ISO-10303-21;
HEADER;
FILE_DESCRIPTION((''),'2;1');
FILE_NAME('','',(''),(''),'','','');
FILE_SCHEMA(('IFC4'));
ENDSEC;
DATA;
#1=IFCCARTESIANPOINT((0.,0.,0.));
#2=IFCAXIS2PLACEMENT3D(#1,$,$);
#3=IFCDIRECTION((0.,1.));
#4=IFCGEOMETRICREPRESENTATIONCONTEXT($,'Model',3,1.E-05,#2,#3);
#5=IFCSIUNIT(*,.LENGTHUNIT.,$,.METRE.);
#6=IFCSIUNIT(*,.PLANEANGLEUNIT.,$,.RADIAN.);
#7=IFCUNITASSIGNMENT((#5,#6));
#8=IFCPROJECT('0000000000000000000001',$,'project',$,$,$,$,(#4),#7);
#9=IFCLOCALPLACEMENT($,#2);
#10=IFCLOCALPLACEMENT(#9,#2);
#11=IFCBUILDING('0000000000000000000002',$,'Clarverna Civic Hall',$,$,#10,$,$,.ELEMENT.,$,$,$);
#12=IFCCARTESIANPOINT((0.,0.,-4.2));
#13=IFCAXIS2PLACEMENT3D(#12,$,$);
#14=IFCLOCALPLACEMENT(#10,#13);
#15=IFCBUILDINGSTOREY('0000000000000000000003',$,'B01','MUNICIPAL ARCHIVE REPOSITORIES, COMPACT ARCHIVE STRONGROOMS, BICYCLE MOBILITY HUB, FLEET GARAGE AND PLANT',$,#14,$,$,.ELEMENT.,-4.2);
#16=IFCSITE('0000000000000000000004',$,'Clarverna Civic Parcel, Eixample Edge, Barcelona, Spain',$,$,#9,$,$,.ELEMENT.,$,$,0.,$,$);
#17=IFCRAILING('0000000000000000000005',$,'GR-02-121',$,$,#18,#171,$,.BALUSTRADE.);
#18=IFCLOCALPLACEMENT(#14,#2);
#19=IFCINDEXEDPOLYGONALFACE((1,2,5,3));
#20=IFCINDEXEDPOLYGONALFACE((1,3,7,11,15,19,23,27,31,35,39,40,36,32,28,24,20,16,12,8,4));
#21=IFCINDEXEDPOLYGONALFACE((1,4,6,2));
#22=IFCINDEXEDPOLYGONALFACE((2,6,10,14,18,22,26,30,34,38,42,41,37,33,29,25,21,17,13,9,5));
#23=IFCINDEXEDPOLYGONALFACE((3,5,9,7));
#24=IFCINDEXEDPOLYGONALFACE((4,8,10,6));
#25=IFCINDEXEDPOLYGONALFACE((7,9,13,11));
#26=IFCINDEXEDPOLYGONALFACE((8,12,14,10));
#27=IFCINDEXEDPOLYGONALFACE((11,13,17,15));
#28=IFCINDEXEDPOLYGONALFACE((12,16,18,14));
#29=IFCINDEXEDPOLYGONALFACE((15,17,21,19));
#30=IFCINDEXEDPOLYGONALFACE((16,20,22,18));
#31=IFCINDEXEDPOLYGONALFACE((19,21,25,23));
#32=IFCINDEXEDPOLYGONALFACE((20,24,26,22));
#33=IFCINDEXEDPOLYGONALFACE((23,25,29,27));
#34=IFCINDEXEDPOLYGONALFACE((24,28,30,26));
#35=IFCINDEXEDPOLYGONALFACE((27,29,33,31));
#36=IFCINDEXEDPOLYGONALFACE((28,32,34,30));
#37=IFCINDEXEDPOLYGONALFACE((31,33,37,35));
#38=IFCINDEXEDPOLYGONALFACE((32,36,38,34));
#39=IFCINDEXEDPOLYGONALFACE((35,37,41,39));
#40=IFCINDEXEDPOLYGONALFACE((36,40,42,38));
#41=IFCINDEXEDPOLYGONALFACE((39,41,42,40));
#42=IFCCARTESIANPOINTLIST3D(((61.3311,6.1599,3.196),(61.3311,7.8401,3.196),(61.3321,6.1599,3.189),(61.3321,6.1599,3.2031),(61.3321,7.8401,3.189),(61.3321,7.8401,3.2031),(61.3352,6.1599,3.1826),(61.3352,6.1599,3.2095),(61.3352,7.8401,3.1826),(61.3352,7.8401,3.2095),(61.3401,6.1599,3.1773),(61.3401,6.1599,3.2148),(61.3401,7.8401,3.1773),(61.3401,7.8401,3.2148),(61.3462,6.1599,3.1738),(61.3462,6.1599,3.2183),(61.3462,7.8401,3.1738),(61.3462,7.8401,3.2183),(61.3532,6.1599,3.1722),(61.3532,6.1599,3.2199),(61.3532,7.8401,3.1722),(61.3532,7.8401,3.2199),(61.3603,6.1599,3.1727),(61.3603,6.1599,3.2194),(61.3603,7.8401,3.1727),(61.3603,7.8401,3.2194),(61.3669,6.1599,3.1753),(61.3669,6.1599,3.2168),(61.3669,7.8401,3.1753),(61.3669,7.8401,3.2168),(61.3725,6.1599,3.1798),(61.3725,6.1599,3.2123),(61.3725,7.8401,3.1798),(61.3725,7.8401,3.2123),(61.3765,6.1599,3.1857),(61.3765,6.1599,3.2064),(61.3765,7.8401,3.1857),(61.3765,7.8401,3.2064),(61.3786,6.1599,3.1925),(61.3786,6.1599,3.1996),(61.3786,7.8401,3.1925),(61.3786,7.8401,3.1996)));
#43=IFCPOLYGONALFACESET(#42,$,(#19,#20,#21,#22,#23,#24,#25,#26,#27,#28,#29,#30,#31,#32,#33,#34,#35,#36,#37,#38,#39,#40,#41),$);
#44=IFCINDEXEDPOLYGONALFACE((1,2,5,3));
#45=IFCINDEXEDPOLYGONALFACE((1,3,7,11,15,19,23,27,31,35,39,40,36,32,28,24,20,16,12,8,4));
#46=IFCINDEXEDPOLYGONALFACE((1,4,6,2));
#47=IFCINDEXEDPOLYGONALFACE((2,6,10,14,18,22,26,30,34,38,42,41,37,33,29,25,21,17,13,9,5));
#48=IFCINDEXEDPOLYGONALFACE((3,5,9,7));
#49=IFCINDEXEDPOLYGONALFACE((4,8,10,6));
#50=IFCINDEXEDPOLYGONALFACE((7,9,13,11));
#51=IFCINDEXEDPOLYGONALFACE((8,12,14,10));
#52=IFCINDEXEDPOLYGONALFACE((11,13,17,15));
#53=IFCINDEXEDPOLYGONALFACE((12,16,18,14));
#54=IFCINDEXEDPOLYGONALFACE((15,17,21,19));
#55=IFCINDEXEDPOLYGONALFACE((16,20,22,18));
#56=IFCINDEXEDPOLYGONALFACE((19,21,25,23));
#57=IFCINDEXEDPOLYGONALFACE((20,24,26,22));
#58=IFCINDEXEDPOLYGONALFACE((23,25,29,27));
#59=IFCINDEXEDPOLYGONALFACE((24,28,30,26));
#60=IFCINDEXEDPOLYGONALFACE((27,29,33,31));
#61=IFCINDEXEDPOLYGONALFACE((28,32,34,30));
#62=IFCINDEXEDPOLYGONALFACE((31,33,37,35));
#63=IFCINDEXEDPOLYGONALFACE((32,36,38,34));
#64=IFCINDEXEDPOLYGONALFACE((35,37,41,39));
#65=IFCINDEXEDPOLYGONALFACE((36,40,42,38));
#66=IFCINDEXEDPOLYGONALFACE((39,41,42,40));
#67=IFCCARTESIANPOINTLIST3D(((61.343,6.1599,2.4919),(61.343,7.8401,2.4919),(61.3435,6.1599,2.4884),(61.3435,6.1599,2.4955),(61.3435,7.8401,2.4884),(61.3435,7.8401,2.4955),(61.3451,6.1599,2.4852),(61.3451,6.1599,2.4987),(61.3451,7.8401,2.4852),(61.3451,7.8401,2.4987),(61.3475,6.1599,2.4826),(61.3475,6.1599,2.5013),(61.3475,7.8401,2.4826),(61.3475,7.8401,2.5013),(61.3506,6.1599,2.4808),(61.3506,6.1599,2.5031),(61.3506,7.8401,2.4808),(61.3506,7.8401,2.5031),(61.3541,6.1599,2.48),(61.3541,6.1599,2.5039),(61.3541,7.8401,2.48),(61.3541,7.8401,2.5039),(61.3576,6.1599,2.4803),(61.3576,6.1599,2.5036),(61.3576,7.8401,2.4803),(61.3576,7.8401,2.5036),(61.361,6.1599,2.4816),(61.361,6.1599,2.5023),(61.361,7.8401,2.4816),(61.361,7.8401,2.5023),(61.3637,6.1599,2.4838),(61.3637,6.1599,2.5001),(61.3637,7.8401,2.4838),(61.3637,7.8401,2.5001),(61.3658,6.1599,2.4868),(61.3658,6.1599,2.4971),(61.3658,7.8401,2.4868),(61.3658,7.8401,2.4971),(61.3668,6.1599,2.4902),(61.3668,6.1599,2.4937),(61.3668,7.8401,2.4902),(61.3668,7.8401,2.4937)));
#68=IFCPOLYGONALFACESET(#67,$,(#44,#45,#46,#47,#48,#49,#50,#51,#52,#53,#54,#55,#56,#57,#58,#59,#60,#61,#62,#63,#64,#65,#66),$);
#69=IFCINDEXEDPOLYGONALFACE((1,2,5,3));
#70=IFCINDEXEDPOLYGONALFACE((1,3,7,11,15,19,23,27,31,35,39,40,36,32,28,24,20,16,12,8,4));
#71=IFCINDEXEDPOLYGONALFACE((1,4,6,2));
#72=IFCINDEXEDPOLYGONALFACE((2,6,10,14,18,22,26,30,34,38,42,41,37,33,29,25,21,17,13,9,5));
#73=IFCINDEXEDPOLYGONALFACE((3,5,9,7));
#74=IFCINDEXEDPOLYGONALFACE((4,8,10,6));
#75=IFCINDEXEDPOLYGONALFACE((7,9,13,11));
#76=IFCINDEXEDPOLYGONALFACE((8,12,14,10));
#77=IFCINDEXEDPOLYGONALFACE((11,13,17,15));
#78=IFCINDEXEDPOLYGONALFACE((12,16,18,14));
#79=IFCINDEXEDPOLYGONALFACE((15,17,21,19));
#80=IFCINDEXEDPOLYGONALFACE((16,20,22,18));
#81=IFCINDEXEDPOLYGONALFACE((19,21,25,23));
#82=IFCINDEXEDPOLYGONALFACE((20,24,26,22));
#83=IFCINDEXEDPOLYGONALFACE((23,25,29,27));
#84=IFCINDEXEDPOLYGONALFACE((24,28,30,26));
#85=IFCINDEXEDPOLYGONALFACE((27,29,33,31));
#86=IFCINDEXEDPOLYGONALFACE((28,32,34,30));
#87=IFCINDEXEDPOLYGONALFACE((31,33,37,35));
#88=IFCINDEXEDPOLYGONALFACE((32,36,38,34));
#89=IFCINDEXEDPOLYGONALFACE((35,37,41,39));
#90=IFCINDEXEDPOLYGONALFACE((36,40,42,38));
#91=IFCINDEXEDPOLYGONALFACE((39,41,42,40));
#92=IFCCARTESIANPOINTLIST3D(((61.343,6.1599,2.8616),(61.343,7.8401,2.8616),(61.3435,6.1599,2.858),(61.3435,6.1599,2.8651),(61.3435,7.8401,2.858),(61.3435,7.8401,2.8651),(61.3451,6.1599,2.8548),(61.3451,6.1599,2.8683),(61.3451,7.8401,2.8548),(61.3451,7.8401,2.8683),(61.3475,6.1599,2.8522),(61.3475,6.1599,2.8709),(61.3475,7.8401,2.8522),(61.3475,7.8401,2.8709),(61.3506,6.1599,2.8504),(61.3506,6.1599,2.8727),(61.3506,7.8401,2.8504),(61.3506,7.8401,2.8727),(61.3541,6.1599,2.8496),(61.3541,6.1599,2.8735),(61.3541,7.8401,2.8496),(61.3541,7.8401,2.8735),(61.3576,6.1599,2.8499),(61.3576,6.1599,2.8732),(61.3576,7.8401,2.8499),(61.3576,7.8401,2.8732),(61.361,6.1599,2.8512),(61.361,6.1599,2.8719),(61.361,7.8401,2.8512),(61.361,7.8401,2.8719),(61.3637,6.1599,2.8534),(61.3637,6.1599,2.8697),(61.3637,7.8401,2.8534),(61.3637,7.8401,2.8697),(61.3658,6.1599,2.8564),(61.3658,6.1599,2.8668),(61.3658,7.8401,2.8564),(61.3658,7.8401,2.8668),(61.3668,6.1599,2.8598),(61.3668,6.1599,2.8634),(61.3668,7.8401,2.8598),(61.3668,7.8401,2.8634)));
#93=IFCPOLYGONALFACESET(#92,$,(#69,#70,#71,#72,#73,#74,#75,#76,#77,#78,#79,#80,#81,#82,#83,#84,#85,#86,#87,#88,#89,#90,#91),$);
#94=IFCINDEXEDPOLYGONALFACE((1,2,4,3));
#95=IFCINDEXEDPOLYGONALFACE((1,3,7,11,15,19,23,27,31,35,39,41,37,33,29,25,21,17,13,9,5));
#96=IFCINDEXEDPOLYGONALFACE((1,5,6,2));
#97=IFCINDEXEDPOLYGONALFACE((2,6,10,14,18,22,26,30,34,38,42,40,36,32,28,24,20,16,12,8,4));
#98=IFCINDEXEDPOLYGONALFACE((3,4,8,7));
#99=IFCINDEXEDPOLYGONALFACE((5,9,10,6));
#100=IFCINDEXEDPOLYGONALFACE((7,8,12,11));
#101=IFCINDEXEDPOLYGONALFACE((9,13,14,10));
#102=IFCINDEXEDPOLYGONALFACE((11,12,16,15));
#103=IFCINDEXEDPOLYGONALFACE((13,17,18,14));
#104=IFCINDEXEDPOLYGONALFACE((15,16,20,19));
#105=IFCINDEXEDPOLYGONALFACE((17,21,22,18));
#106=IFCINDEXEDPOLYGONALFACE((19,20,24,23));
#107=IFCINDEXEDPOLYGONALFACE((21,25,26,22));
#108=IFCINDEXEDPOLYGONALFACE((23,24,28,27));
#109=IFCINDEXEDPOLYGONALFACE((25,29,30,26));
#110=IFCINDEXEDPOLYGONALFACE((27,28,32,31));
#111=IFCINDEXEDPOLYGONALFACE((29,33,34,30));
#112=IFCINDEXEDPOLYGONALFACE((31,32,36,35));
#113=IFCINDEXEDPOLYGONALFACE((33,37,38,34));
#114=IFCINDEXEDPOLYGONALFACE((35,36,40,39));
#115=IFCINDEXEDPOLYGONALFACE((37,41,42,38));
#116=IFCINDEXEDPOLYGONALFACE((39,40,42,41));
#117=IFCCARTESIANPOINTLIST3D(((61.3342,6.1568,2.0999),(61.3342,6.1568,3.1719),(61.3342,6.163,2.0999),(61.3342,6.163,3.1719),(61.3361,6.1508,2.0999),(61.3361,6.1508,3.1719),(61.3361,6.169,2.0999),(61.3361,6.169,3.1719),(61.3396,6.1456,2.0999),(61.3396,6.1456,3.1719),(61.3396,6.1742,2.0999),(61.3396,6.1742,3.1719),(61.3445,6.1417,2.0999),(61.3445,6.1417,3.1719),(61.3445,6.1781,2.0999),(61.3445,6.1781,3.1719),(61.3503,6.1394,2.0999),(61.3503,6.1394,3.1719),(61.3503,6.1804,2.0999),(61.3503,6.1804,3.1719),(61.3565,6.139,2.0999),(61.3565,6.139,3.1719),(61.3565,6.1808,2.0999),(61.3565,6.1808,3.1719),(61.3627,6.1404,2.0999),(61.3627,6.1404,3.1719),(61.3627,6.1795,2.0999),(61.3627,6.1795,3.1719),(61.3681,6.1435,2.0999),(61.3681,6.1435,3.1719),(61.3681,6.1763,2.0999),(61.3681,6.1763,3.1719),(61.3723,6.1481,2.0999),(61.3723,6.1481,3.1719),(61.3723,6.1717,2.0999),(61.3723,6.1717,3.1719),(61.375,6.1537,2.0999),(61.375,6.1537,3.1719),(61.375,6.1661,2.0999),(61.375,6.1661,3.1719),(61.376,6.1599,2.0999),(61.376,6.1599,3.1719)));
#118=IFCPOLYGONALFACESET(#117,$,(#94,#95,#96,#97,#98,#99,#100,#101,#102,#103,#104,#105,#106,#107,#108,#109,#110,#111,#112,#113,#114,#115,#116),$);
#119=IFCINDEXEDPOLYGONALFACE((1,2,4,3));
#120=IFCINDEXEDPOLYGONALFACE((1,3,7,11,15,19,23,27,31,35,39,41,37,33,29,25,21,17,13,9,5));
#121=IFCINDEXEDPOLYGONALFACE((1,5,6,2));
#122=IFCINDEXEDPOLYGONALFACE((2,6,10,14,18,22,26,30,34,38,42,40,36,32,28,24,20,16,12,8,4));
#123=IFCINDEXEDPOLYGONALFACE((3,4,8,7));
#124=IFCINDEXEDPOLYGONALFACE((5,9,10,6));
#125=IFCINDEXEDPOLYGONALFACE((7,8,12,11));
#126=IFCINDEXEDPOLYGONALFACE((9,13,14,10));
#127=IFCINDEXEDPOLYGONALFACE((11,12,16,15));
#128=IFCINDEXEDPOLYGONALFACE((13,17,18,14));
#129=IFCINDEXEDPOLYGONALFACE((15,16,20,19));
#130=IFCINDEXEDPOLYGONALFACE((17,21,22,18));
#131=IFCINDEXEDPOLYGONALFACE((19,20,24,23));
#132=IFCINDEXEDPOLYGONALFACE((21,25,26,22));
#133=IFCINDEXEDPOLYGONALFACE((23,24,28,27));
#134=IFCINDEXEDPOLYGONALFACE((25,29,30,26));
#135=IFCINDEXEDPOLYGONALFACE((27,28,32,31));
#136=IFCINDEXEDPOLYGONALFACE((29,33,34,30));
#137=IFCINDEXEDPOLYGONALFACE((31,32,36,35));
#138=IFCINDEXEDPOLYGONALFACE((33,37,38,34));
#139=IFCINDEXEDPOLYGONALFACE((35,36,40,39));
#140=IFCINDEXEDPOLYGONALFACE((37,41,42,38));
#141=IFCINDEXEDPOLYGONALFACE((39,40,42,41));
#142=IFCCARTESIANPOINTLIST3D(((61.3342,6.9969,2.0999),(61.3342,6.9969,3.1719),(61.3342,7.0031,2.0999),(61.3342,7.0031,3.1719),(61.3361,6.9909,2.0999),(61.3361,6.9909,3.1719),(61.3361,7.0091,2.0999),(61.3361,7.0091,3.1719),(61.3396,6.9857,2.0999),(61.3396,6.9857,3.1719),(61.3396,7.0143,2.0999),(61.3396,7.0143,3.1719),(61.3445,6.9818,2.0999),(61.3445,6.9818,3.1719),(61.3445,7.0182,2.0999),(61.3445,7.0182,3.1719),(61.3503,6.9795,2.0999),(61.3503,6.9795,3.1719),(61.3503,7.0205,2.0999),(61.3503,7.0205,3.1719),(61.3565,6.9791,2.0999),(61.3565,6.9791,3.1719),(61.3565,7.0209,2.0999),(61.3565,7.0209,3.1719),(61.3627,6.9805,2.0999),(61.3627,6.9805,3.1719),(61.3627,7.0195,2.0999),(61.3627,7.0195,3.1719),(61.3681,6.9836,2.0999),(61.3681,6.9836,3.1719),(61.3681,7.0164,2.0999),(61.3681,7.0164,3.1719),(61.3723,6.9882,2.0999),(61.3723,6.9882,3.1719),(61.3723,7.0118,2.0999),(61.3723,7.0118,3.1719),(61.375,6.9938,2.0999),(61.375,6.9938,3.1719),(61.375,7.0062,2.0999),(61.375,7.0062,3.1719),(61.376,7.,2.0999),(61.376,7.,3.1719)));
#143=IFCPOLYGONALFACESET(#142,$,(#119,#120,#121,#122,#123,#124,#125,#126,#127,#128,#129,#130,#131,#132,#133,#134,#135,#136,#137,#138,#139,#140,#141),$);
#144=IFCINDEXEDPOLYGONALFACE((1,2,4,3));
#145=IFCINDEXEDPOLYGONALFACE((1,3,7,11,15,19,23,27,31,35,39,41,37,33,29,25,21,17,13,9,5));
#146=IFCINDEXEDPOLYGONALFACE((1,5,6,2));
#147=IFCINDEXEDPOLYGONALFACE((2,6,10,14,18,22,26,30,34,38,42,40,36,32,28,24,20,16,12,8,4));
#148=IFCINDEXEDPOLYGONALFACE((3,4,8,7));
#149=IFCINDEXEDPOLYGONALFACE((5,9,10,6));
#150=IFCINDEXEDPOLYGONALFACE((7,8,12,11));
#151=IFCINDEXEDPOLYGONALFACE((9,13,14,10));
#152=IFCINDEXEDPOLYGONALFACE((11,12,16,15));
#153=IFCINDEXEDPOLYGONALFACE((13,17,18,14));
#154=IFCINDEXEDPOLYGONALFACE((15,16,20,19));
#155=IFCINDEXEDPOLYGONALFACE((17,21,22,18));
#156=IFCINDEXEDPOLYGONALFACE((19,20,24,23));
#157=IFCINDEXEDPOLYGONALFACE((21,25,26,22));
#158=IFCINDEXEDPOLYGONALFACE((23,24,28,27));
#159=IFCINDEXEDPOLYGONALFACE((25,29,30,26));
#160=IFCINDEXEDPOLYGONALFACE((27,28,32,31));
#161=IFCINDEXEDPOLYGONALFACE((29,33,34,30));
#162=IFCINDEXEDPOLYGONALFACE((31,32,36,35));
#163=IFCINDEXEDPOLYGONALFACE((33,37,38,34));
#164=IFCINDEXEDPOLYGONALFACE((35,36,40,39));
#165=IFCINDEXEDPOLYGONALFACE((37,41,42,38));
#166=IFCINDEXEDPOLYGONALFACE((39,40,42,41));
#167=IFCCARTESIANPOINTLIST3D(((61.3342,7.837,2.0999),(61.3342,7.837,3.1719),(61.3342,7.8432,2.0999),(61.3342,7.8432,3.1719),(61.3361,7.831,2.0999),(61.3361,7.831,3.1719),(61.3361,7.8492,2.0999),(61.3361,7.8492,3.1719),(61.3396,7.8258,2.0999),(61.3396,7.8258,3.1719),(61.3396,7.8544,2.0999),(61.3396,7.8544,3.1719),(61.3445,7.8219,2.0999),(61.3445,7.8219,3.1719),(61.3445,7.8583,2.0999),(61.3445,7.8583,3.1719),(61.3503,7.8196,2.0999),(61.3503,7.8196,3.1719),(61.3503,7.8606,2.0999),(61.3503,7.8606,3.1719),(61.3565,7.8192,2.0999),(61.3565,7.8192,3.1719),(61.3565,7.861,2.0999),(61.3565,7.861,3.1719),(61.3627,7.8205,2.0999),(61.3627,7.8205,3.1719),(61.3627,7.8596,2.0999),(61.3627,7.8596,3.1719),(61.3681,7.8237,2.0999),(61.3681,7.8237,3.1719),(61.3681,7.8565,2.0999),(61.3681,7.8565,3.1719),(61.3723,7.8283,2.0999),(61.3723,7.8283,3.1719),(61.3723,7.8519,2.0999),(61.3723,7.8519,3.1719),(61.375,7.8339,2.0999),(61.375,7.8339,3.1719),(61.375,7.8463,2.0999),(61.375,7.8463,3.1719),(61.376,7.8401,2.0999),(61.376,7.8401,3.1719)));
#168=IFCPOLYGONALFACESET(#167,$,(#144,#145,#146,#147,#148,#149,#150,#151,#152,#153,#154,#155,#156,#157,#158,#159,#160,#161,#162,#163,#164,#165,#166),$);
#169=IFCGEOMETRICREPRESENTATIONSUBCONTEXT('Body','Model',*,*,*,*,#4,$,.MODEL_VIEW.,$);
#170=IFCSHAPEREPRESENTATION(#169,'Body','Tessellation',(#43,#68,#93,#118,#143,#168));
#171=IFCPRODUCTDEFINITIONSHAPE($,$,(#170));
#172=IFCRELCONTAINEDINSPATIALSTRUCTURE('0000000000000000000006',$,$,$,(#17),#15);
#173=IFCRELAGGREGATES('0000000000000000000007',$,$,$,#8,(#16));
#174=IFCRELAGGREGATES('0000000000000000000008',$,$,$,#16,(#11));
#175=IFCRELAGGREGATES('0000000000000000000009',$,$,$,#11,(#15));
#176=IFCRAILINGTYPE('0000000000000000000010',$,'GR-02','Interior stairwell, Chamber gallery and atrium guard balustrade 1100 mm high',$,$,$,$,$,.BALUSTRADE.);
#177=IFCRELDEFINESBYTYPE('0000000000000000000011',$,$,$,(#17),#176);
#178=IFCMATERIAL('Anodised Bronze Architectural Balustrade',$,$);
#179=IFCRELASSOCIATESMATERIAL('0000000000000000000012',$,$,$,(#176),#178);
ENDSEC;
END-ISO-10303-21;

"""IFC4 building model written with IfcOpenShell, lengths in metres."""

from ifc_helpers import new_model, si_unit, direction, frame, origin, origin_2d, place, context, subcontext, project, spatial, circle, extrude, material, type_object, element, save


model = new_model("IFC4")

# Units and contexts
model_context = context("Model", 3, precision=1e-05, world=origin(), true_north=direction((0.0, 1.0)))
body_context = subcontext(model_context, "Body", "Model", "MODEL_VIEW")
ifc_project = project(units=[si_unit("LENGTHUNIT", "METRE"), si_unit("PLANEANGLEUNIT", "RADIAN")], contexts=[model_context])

# Site, building, storey
site_placement = place(None, origin())
site = spatial("IfcSite", under=ifc_project, at=site_placement, Name="Clarverna Civic Parcel, Eixample Edge, Barcelona, Spain", CompositionType="ELEMENT", RefElevation=0.0)
building_placement = place(site_placement, origin())
building = spatial("IfcBuilding", under=site, at=building_placement, Name="Clarverna Civic Hall", CompositionType="ELEMENT")
storey_placement = place(building_placement, frame((0.0, 0.0, -4.2)))
storey = spatial("IfcBuildingStorey", under=building, at=storey_placement, Name="B01", Description="MUNICIPAL ARCHIVE REPOSITORIES, COMPACT ARCHIVE STRONGROOMS, BICYCLE MOBILITY HUB, FLEET GARAGE AND PLANT", CompositionType="ELEMENT", Elevation=-4.2)

# Railing
ifc_material_1 = material(Name="Anodised Bronze Architectural Balustrade")
railing_type_1 = type_object("IfcRailingType", Name="GR-02", Description="Interior stairwell, Chamber gallery and atrium guard balustrade 1100 mm high", PredefinedType="BALUSTRADE", material=ifc_material_1)
railing_1_placement = place(storey_placement, frame((61.355, 6.1599, 2.0999)))
element("IfcRailing", 1, at=railing_1_placement, inside=storey, type_object=railing_type_1, Name="GR-02-121", PredefinedType="BALUSTRADE", context=body_context, shape_type="SweptSolid", body=[
    extrude(circle(Radius=0.0239, at=origin_2d()), frame((0.0, 0.0, 1.0962), z_axis=(0.0, 1.0, 0.0), x_axis=(-1.0, 0.0, 0.0)), (0.0, 0.0, 1.0), 1.6802),
    extrude(circle(Radius=0.012, at=origin_2d()), frame((0.0, 0.0, 0.3921), z_axis=(0.0, 1.0, 0.0), x_axis=(-1.0, 0.0, 0.0)), (0.0, 0.0, 1.0), 1.6802),
    extrude(circle(Radius=0.012, at=origin_2d()), frame((0.0, 0.0, 0.7617), z_axis=(0.0, 1.0, 0.0), x_axis=(-1.0, 0.0, 0.0)), (0.0, 0.0, 1.0), 1.6802),
    extrude(circle(Radius=0.021, at=origin_2d()), origin(), (0.0, 0.0, 1.0), 1.072),
    extrude(circle(Radius=0.021, at=origin_2d()), frame((0.0, 0.8401, 0.0)), (0.0, 0.0, 1.0), 1.072),
    extrude(circle(Radius=0.021, at=origin_2d()), frame((0.0, 1.6802, 0.0)), (0.0, 0.0, 1.0), 1.072),
])

save(model, "model.ifc")
